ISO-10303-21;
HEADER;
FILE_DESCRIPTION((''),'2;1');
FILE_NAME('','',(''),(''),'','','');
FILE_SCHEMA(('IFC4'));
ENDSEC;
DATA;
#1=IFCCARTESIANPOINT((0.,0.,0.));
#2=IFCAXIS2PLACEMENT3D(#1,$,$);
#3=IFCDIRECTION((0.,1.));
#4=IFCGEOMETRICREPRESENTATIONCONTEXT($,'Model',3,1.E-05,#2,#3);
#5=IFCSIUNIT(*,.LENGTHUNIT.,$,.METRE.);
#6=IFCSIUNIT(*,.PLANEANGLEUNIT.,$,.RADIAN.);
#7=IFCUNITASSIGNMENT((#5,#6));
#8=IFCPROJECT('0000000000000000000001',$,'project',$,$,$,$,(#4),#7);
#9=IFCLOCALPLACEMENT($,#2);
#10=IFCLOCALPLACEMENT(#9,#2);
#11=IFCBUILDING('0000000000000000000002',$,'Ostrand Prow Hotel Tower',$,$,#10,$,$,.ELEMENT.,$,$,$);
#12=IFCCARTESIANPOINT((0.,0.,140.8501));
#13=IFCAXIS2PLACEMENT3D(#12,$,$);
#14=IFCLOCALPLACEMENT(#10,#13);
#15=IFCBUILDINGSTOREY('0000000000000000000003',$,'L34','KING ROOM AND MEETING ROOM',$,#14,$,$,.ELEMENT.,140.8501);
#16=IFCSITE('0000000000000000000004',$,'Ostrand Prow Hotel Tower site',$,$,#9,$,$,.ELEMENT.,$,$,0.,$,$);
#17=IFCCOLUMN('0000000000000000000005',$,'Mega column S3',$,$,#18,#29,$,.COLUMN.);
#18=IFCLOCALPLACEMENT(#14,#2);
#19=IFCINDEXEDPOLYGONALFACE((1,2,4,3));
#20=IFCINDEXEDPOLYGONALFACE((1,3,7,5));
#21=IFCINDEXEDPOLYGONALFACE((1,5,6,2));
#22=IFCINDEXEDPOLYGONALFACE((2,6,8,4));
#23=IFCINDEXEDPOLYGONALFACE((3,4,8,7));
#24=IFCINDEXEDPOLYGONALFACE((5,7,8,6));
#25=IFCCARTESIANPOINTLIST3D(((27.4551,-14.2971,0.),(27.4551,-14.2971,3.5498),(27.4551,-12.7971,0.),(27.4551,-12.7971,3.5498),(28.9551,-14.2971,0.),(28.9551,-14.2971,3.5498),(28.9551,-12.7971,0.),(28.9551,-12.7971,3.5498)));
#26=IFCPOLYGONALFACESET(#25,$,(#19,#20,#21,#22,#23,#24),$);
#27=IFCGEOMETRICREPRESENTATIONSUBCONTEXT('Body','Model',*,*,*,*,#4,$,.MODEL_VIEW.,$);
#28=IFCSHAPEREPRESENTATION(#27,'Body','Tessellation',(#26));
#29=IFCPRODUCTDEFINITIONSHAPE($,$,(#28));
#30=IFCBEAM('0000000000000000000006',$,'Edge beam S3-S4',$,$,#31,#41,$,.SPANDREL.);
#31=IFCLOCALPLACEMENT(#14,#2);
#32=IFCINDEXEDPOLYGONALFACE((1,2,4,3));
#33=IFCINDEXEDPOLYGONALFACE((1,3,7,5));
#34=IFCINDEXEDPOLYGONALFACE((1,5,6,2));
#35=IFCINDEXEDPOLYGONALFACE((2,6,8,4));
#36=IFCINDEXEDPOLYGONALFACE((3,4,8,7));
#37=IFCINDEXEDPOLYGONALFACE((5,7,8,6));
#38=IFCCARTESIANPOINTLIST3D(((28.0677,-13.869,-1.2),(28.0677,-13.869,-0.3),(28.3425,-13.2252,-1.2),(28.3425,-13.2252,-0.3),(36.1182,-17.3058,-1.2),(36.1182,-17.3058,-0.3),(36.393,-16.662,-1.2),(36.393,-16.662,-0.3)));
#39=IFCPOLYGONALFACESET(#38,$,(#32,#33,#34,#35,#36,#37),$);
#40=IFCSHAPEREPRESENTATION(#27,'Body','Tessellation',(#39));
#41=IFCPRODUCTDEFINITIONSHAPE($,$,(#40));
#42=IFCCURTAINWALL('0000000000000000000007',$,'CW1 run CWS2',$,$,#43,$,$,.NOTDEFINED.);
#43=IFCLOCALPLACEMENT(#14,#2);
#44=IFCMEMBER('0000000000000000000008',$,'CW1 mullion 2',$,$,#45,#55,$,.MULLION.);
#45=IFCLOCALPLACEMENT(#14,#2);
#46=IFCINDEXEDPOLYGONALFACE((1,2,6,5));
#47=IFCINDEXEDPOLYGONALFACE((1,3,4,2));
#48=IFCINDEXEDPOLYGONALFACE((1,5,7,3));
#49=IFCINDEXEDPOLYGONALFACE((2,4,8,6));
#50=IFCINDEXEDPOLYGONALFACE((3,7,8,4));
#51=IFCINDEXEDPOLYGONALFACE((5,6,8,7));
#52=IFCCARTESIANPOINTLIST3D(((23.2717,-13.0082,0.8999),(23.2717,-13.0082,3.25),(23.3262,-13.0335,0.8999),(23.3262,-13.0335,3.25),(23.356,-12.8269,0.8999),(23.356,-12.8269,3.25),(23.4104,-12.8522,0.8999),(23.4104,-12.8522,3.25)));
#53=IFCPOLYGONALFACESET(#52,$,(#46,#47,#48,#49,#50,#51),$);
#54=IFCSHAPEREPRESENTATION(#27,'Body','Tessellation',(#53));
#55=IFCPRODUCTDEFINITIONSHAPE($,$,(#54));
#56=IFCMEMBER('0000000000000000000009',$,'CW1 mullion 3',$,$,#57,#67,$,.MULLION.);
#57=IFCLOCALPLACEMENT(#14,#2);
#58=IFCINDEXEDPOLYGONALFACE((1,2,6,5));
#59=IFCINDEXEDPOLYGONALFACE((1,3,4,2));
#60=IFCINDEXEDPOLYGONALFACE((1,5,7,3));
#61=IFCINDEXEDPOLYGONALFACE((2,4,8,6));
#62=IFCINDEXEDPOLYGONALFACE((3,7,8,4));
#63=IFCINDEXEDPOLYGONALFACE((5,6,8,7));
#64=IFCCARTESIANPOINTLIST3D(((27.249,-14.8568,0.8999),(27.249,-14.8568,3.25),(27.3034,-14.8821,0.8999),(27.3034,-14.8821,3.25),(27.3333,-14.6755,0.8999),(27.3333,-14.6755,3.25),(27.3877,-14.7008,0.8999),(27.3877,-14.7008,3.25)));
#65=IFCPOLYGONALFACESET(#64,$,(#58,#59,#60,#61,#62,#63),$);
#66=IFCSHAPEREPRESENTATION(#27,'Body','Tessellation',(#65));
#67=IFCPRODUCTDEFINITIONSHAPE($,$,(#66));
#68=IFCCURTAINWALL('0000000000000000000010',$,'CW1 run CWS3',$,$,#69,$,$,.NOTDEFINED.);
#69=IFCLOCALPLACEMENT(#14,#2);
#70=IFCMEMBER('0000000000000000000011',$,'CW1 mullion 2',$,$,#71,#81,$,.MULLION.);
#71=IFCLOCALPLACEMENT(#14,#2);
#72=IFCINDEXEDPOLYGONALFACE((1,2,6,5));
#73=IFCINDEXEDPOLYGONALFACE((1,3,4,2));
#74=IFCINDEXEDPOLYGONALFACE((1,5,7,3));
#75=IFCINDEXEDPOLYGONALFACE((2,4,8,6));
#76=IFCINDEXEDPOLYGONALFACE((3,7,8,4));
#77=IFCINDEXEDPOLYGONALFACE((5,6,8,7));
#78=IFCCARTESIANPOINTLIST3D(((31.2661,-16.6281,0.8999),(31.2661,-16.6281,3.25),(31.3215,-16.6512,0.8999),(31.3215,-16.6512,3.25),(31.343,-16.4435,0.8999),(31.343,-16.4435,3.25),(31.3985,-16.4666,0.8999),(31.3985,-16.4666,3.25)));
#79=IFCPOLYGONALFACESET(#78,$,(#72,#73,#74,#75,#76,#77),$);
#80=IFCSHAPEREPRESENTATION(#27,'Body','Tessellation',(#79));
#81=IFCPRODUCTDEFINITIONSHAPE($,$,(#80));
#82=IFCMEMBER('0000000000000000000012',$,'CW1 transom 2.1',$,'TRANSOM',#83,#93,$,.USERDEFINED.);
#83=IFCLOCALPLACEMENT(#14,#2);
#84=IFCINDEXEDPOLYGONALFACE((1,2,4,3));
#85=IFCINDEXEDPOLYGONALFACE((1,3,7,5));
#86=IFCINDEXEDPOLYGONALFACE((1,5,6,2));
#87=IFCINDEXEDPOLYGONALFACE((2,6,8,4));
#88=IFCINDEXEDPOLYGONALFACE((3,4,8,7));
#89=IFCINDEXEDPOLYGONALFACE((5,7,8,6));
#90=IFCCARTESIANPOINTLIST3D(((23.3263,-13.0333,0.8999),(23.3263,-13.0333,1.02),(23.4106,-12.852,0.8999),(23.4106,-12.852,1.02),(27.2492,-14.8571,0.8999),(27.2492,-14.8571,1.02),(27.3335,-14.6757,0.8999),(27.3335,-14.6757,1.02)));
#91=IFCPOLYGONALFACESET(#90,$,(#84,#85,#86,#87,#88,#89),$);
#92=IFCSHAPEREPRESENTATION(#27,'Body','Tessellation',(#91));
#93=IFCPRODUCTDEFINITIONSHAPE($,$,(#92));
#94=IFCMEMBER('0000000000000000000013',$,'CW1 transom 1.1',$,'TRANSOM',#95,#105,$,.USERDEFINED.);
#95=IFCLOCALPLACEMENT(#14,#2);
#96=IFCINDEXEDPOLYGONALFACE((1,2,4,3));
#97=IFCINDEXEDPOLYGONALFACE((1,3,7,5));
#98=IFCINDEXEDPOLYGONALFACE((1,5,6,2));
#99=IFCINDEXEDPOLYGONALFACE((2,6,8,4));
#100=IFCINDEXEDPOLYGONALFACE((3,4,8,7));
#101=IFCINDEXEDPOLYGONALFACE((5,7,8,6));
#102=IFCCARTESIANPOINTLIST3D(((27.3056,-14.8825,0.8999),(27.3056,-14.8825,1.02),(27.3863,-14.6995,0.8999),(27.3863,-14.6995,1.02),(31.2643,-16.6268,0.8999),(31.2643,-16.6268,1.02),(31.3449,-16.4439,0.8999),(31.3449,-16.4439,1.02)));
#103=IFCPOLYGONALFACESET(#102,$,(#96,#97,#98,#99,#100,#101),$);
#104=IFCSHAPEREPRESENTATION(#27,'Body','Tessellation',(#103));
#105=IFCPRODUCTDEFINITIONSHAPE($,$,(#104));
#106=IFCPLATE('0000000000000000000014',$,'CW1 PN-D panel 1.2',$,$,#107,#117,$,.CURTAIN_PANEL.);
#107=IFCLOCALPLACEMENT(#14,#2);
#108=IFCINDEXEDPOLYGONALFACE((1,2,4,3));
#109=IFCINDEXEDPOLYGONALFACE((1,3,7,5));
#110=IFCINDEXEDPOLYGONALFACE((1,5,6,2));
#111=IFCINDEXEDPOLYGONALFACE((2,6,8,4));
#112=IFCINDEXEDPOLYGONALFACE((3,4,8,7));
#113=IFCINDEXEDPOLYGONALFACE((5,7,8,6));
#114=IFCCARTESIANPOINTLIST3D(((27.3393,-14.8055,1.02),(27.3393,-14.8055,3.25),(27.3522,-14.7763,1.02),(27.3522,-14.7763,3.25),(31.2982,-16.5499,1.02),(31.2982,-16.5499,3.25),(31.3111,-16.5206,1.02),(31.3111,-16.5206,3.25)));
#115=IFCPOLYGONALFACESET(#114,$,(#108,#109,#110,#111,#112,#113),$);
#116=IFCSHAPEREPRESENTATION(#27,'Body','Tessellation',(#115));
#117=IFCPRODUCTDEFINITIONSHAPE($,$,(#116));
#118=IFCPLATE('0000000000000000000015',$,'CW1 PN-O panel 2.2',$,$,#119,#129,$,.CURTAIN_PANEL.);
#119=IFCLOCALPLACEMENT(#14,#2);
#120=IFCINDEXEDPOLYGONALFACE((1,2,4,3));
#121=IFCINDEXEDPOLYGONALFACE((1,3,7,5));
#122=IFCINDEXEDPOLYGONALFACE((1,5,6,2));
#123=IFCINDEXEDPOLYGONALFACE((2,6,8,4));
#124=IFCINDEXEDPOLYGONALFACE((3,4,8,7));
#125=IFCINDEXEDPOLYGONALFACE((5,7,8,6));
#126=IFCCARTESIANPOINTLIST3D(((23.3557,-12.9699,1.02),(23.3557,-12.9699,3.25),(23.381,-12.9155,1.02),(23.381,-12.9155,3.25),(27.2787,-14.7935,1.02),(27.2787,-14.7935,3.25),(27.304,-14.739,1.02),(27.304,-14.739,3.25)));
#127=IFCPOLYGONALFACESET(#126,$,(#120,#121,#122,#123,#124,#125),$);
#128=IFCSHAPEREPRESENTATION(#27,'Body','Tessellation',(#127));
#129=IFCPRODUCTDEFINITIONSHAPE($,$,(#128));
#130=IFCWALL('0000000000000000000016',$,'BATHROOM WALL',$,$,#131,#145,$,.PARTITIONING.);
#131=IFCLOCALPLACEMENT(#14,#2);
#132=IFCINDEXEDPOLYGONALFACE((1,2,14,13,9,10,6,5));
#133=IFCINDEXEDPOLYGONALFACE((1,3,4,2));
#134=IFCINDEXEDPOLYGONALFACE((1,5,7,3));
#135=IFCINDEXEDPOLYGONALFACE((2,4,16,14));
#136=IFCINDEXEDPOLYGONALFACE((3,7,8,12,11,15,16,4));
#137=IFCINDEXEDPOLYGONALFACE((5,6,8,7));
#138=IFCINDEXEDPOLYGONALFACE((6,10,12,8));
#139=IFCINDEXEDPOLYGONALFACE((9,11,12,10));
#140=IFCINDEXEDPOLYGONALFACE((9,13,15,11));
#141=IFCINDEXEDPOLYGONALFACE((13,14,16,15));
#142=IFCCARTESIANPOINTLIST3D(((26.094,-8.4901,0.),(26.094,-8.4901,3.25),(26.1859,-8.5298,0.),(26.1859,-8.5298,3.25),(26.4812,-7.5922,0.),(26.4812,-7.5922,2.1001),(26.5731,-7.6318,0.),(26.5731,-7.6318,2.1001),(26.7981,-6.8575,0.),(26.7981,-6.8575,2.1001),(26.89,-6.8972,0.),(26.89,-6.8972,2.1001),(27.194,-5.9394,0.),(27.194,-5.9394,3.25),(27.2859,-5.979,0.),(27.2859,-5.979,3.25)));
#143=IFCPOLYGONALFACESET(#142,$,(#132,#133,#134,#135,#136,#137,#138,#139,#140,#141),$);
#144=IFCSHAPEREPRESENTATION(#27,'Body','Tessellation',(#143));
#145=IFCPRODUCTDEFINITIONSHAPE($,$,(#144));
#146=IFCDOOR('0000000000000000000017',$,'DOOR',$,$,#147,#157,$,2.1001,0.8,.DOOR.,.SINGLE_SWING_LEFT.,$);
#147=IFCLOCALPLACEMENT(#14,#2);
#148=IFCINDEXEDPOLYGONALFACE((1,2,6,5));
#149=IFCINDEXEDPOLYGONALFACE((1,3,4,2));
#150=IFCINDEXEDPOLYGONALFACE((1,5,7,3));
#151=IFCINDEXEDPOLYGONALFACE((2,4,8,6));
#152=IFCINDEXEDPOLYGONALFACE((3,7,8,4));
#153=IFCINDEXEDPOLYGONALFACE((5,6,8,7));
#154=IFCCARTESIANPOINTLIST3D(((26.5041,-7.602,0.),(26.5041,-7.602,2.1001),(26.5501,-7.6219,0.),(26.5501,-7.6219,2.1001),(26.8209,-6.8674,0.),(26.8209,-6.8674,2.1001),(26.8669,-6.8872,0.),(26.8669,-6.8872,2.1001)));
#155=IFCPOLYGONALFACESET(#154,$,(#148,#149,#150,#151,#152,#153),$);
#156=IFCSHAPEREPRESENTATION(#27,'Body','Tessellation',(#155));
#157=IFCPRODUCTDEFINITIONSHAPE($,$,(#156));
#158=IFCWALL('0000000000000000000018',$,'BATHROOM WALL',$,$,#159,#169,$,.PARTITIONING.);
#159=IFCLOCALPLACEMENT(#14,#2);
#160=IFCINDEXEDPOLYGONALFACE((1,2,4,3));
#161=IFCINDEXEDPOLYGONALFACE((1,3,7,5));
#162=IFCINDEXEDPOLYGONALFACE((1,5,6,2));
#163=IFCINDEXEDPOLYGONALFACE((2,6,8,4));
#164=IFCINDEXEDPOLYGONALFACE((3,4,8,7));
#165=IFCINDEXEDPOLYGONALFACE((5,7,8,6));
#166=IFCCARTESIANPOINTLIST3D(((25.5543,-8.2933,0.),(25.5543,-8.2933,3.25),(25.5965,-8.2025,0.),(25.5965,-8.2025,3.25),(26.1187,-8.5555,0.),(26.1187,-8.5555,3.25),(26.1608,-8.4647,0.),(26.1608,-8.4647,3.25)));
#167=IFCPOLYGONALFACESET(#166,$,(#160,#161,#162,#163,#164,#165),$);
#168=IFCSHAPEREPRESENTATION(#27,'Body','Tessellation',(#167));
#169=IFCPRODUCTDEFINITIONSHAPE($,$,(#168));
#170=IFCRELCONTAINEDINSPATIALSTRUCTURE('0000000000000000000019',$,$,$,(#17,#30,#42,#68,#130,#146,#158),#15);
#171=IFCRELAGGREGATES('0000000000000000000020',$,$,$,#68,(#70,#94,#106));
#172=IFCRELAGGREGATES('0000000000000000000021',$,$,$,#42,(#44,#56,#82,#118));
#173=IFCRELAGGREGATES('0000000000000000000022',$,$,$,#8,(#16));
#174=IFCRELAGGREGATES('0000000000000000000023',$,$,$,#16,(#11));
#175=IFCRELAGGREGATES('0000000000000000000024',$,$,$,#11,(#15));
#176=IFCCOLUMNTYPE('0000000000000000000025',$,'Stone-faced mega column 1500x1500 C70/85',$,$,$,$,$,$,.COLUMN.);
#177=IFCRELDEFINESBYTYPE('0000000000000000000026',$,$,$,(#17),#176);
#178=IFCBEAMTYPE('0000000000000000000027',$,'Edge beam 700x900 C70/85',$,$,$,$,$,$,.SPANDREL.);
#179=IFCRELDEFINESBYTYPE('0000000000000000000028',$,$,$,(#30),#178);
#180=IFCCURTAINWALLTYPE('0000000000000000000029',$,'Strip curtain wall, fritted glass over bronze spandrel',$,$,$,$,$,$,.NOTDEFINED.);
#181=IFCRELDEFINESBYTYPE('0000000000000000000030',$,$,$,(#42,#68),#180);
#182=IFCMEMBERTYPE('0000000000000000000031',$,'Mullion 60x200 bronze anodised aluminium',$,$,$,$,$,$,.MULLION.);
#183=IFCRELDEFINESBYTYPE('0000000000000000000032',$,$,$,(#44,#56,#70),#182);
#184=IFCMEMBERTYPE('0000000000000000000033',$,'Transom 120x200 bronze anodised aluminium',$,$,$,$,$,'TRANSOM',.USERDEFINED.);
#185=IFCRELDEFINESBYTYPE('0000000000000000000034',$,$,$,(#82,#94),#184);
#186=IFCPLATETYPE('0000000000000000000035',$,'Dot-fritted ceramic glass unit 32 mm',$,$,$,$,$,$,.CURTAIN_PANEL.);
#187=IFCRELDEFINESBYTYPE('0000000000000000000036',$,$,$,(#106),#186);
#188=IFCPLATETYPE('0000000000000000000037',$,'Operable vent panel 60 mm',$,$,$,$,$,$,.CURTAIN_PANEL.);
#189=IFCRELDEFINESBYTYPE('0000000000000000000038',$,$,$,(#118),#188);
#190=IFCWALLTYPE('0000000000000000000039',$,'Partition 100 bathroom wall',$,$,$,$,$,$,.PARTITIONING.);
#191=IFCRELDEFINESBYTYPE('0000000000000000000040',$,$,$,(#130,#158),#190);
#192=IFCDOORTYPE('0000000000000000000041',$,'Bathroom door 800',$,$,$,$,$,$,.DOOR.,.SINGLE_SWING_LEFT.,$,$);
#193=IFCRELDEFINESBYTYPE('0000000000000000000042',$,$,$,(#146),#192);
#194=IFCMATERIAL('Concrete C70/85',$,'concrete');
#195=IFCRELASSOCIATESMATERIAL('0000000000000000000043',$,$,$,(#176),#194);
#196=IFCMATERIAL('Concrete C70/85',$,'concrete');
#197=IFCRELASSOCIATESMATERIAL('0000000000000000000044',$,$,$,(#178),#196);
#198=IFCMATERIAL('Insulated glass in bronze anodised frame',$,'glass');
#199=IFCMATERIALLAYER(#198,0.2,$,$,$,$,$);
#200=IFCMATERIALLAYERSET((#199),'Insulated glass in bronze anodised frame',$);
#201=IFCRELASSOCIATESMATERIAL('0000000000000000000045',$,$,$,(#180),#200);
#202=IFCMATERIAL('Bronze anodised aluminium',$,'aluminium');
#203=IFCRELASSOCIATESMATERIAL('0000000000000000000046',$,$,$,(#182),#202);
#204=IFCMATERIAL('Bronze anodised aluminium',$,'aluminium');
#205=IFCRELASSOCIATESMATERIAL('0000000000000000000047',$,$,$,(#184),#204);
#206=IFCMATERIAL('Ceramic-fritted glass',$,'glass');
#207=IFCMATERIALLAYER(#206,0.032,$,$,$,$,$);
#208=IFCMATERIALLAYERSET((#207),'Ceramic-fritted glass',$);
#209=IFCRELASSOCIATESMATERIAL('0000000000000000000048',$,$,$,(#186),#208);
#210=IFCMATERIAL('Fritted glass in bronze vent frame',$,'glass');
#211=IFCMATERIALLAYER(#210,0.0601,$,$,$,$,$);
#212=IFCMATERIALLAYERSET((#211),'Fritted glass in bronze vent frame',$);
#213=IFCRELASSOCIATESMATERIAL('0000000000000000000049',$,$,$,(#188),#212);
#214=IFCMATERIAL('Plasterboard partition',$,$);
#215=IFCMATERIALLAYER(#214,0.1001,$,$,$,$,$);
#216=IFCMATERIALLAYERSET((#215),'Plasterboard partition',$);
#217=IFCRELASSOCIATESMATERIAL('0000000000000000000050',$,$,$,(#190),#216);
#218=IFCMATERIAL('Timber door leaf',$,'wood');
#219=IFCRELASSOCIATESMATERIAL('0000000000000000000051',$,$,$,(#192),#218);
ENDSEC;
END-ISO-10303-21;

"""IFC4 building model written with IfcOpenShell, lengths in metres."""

from ifc_helpers import new_model, si_unit, direction, frame, frame_2d, origin, origin_2d, place, context, subcontext, project, spatial, rectangle, extrude, material, layer, layer_set, material_profile, profile_set, type_object, element, fill, aggregate, save


model = new_model("IFC4")

# Units and contexts
model_context = context("Model", 3, precision=1e-05, world=origin(), true_north=direction((0.0, 1.0)))
body_context = subcontext(model_context, "Body", "Model", "MODEL_VIEW")
ifc_project = project(units=[si_unit("LENGTHUNIT", "METRE"), si_unit("PLANEANGLEUNIT", "RADIAN")], contexts=[model_context])

# Site, building, storey
site_placement = place(None, origin())
site = spatial("IfcSite", under=ifc_project, at=site_placement, Name="Ostrand Prow Hotel Tower site", CompositionType="ELEMENT", RefElevation=0.0)
building_placement = place(site_placement, origin())
building = spatial("IfcBuilding", under=site, at=building_placement, Name="Ostrand Prow Hotel Tower", CompositionType="ELEMENT")
storey_placement = place(building_placement, frame((0.0, 0.0, 140.8501)))
storey = spatial("IfcBuildingStorey", under=building, at=storey_placement, Name="L34", Description="KING ROOM AND MEETING ROOM", CompositionType="ELEMENT", Elevation=140.8501)

# Column
ifc_material_1 = material(Name="Concrete C70/85", Category="concrete")
ifc_material_profile_1 = material_profile(ifc_material_1, rectangle(XDim=1.5, YDim=1.5, at=origin_2d()), Name="RC 1500x1500")
ifc_profile_set_1 = profile_set([ifc_material_profile_1], Name="Concrete C70/85")
column_type = type_object("IfcColumnType", Name="Stone-faced mega column 1500x1500 C70/85", PredefinedType="COLUMN", material=ifc_profile_set_1)
column_placement = place(storey_placement, frame((28.2051, -13.5471, 0.0), z_axis=(0.0, 0.0, 1.0), x_axis=(1.0, 0.0, 0.0)))
element("IfcColumn", 1, at=column_placement, inside=storey, type_object=column_type, Name="Mega column S3", PredefinedType="COLUMN", context=body_context, shape_type="SweptSolid", body=[
    extrude(rectangle(XDim=1.5, YDim=1.5, at=origin_2d()), origin(), (0.0, 0.0, 1.0), 3.5498),
])

# Beam
ifc_material_2 = material(Name="Concrete C70/85", Category="concrete")
ifc_material_profile_2 = material_profile(ifc_material_2, rectangle(XDim=0.7, YDim=0.8999, at=origin_2d()), Name="RC 700x900")
ifc_profile_set_2 = profile_set([ifc_material_profile_2], Name="Concrete C70/85")
beam_type = type_object("IfcBeamType", Name="Edge beam 700x900 C70/85", PredefinedType="SPANDREL", material=ifc_profile_set_2)
beam_placement = place(storey_placement, frame((28.2051, -13.5471, -0.75), z_axis=(0.919701, -0.39262, 0.0), x_axis=(0.39262, 0.919701, 0.0)))
element("IfcBeam", 2, at=beam_placement, inside=storey, type_object=beam_type, Name="Edge beam S3-S4", PredefinedType="SPANDREL", context=body_context, shape_type="SweptSolid", body=[
    extrude(rectangle(XDim=0.7, YDim=0.8999, at=origin_2d()), origin(), (0.0, 0.0, 1.0), 8.7534),
])

# Curtain wall, members
ifc_material_3 = material(Name="Insulated glass in bronze anodised frame", Category="glass")
ifc_layer_1 = layer(ifc_material_3, 0.2)
ifc_layer_set_1 = layer_set([ifc_layer_1], Name="Insulated glass in bronze anodised frame")
curtain_wall_type = type_object("IfcCurtainWallType", Name="Strip curtain wall, fritted glass over bronze spandrel", PredefinedType="NOTDEFINED", material=ifc_layer_set_1)
curtain_wall_1_placement = place(storey_placement, origin())
curtain_wall_1 = element("IfcCurtainWall", 3, at=curtain_wall_1_placement, inside=storey, type_object=curtain_wall_type, Name="CW1 run CWS2", PredefinedType="NOTDEFINED")
ifc_material_4 = material(Name="Bronze anodised aluminium", Category="aluminium")
ifc_material_profile_3 = material_profile(ifc_material_4, rectangle(XDim=0.2, YDim=0.0601, at=origin_2d()), Name="Mullion 60x200 bronze anodised aluminium")
ifc_profile_set_3 = profile_set([ifc_material_profile_3], Name="Bronze anodised aluminium")
member_type_1 = type_object("IfcMemberType", Name="Mullion 60x200 bronze anodised aluminium", PredefinedType="MULLION", material=ifc_profile_set_3)
member_1_placement = place(storey_placement, frame((23.3411, -12.9302, 0.8999), z_axis=(0.0, 0.0, 1.0), x_axis=(0.421522, 0.906818, 0.0)))
member_1 = element("IfcMember", 4, at=member_1_placement, type_object=member_type_1, Name="CW1 mullion 2", PredefinedType="MULLION", context=body_context, shape_type="SweptSolid", body=[
    extrude(rectangle(XDim=0.2, YDim=0.0601, at=origin_2d()), origin(), (0.0, 0.0, 1.0), 2.3501),
])
member_2_placement = place(storey_placement, frame((27.3184, -14.7788, 0.8999), z_axis=(0.0, 0.0, 1.0), x_axis=(0.421522, 0.906818, 0.0)))
member_2 = element("IfcMember", 5, at=member_2_placement, type_object=member_type_1, Name="CW1 mullion 3", PredefinedType="MULLION", context=body_context, shape_type="SweptSolid", body=[
    extrude(rectangle(XDim=0.2, YDim=0.0601, at=origin_2d()), origin(), (0.0, 0.0, 1.0), 2.3501),
])

# Curtain wall, member
curtain_wall_2_placement = place(storey_placement, origin())
curtain_wall_2 = element("IfcCurtainWall", 6, at=curtain_wall_2_placement, inside=storey, type_object=curtain_wall_type, Name="CW1 run CWS3", PredefinedType="NOTDEFINED")
member_3_placement = place(storey_placement, frame((31.3323, -16.5474, 0.8999), z_axis=(0.0, 0.0, 1.0), x_axis=(0.384743, 0.923024, 0.0)))
member_3 = element("IfcMember", 7, at=member_3_placement, type_object=member_type_1, Name="CW1 mullion 2", PredefinedType="MULLION", context=body_context, shape_type="SweptSolid", body=[
    extrude(rectangle(XDim=0.2, YDim=0.0601, at=origin_2d()), origin(), (0.0, 0.0, 1.0), 2.3501),
])

# Members
ifc_material_5 = material(Name="Bronze anodised aluminium", Category="aluminium")
ifc_material_profile_4 = material_profile(ifc_material_5, rectangle(XDim=0.2, YDim=0.1201, at=origin_2d()), Name="Transom 120x200 bronze anodised aluminium")
ifc_profile_set_4 = profile_set([ifc_material_profile_4], Name="Bronze anodised aluminium")
member_type_2 = type_object("IfcMemberType", Name="Transom 120x200 bronze anodised aluminium", ElementType="TRANSOM", PredefinedType="USERDEFINED", material=ifc_profile_set_4)
member_4_placement = place(storey_placement, frame((23.3684, -12.9426, 0.96), z_axis=(0.906796, -0.421569, 0.0), x_axis=(0.421569, 0.906796, 0.0)))
member_4 = element("IfcMember", 8, at=member_4_placement, type_object=member_type_2, Name="CW1 transom 2.1", ObjectType="TRANSOM", PredefinedType="USERDEFINED", context=body_context, shape_type="SweptSolid", body=[
    extrude(rectangle(XDim=0.2, YDim=0.1201, at=origin_2d()), origin(), (0.0, 0.0, 1.0), 4.3262),
])
member_5_placement = place(storey_placement, frame((27.3459, -14.791, 0.96), z_axis=(0.915099, -0.40323, 0.0), x_axis=(0.40323, 0.915099, 0.0)))
member_5 = element("IfcMember", 9, at=member_5_placement, type_object=member_type_2, Name="CW1 transom 1.1", ObjectType="TRANSOM", PredefinedType="USERDEFINED", context=body_context, shape_type="SweptSolid", body=[
    extrude(rectangle(XDim=0.2, YDim=0.1201, at=origin_2d()), origin(), (0.0, 0.0, 1.0), 4.3259),
])

# Plates
ifc_material_6 = material(Name="Ceramic-fritted glass", Category="glass")
ifc_layer_2 = layer(ifc_material_6, 0.032)
ifc_layer_set_2 = layer_set([ifc_layer_2], Name="Ceramic-fritted glass")
plate_type_1 = type_object("IfcPlateType", Name="Dot-fritted ceramic glass unit 32 mm", PredefinedType="CURTAIN_PANEL", material=ifc_layer_set_2)
plate_1_placement = place(storey_placement, frame((29.3252, -15.6631, 1.02), z_axis=(0.0, 0.0, 1.0), x_axis=(0.915106, -0.403213, 0.0)))
plate_1 = element("IfcPlate", 10, at=plate_1_placement, type_object=plate_type_1, Name="CW1 PN-D panel 1.2", PredefinedType="CURTAIN_PANEL", context=body_context, shape_type="SweptSolid", body=[
    extrude(rectangle(XDim=4.3262, YDim=0.032, at=origin_2d()), origin(), (0.0, 0.0, 1.0), 2.23),
])
aggregate(curtain_wall_2, [member_3, member_5, plate_1])
ifc_material_7 = material(Name="Fritted glass in bronze vent frame", Category="glass")
ifc_layer_3 = layer(ifc_material_7, 0.0601)
ifc_layer_set_3 = layer_set([ifc_layer_3], Name="Fritted glass in bronze vent frame")
plate_type_2 = type_object("IfcPlateType", Name="Operable vent panel 60 mm", PredefinedType="CURTAIN_PANEL", material=ifc_layer_set_3)
plate_2_placement = place(storey_placement, frame((25.3298, -13.8545, 1.02), z_axis=(0.0, 0.0, 1.0), x_axis=(0.906818, -0.421522, 0.0)))
plate_2 = element("IfcPlate", 11, at=plate_2_placement, type_object=plate_type_2, Name="CW1 PN-O panel 2.2", PredefinedType="CURTAIN_PANEL", context=body_context, shape_type="SweptSolid", body=[
    extrude(rectangle(XDim=4.3262, YDim=0.0601, at=origin_2d()), origin(), (0.0, 0.0, 1.0), 2.23),
])
aggregate(curtain_wall_1, [member_1, member_2, member_4, plate_2])

# Wall, opening, door
ifc_material_8 = material(Name="Plasterboard partition")
ifc_layer_4 = layer(ifc_material_8, 0.1001)
ifc_layer_set_4 = layer_set([ifc_layer_4], Name="Plasterboard partition")
wall_type_1 = type_object("IfcWallType", Name="Partition 100 bathroom wall", PredefinedType="PARTITIONING", material=ifc_layer_set_4)
wall_1_placement = place(storey_placement, frame((27.24, -5.9592, 0.0), z_axis=(0.0, 0.0, 1.0), x_axis=(-0.396018, -0.918243, 0.0)))
wall_1 = element("IfcWall", 12, at=wall_1_placement, inside=storey, type_object=wall_type_1, Name="BATHROOM WALL", PredefinedType="PARTITIONING", context=body_context, shape_type="SweptSolid", body=[
    extrude(rectangle(XDim=2.7778, YDim=0.1001, at=frame_2d((1.3889, 0.0))), origin(), (0.0, 0.0, 1.0), 3.25),
])
opening_1_placement = place(wall_1_placement, frame((1.0, 0.0, 0.0)))
opening_1 = element("IfcOpeningElement", 13, at=opening_1_placement, cuts=wall_1, PredefinedType="OPENING", context=body_context, shape_type="SweptSolid", body=[
    extrude(rectangle(XDim=0.8, YDim=2.1001, at=frame_2d((0.3999, 1.05))), frame((0.0, 0.0601, 0.0), z_axis=(0.0, -1.0, 0.0), x_axis=(1.0, 0.0, 0.0)), (0.0, 0.0, 1.0), 0.1201),
])
ifc_material_9 = material(Name="Timber door leaf", Category="wood")
door_type_1 = type_object("IfcDoorType", Name="Bathroom door 800", OperationType="SINGLE_SWING_LEFT", PredefinedType="DOOR", material=ifc_material_9)
door_1_placement = place(opening_1_placement, origin())
door_1 = element("IfcDoor", 14, at=door_1_placement, inside=storey, type_object=door_type_1, Name="DOOR", OperationType="SINGLE_SWING_LEFT", OverallHeight=2.1001, OverallWidth=0.8, PredefinedType="DOOR", context=body_context, shape_type="SweptSolid", body=[
    extrude(rectangle(XDim=0.8, YDim=2.1001, at=frame_2d((0.3999, 1.05))), frame((0.0, 0.0249, 0.0), z_axis=(0.0, -1.0, 0.0), x_axis=(1.0, 0.0, 0.0)), (0.0, 0.0, 1.0), 0.05),
])
fill(opening_1, door_1)

# Wall
wall_2_placement = place(storey_placement, frame((26.1396, -8.51, 0.0), z_axis=(0.0, 0.0, 1.0), x_axis=(-0.906923, 0.421296, 0.0)))
element("IfcWall", 15, at=wall_2_placement, inside=storey, type_object=wall_type_1, Name="BATHROOM WALL", PredefinedType="PARTITIONING", context=body_context, shape_type="SweptSolid", body=[
    extrude(rectangle(XDim=0.6223, YDim=0.1001, at=frame_2d((0.311, 0.0))), origin(), (0.0, 0.0, 1.0), 3.25),
])

save(model, "model.ifc")
